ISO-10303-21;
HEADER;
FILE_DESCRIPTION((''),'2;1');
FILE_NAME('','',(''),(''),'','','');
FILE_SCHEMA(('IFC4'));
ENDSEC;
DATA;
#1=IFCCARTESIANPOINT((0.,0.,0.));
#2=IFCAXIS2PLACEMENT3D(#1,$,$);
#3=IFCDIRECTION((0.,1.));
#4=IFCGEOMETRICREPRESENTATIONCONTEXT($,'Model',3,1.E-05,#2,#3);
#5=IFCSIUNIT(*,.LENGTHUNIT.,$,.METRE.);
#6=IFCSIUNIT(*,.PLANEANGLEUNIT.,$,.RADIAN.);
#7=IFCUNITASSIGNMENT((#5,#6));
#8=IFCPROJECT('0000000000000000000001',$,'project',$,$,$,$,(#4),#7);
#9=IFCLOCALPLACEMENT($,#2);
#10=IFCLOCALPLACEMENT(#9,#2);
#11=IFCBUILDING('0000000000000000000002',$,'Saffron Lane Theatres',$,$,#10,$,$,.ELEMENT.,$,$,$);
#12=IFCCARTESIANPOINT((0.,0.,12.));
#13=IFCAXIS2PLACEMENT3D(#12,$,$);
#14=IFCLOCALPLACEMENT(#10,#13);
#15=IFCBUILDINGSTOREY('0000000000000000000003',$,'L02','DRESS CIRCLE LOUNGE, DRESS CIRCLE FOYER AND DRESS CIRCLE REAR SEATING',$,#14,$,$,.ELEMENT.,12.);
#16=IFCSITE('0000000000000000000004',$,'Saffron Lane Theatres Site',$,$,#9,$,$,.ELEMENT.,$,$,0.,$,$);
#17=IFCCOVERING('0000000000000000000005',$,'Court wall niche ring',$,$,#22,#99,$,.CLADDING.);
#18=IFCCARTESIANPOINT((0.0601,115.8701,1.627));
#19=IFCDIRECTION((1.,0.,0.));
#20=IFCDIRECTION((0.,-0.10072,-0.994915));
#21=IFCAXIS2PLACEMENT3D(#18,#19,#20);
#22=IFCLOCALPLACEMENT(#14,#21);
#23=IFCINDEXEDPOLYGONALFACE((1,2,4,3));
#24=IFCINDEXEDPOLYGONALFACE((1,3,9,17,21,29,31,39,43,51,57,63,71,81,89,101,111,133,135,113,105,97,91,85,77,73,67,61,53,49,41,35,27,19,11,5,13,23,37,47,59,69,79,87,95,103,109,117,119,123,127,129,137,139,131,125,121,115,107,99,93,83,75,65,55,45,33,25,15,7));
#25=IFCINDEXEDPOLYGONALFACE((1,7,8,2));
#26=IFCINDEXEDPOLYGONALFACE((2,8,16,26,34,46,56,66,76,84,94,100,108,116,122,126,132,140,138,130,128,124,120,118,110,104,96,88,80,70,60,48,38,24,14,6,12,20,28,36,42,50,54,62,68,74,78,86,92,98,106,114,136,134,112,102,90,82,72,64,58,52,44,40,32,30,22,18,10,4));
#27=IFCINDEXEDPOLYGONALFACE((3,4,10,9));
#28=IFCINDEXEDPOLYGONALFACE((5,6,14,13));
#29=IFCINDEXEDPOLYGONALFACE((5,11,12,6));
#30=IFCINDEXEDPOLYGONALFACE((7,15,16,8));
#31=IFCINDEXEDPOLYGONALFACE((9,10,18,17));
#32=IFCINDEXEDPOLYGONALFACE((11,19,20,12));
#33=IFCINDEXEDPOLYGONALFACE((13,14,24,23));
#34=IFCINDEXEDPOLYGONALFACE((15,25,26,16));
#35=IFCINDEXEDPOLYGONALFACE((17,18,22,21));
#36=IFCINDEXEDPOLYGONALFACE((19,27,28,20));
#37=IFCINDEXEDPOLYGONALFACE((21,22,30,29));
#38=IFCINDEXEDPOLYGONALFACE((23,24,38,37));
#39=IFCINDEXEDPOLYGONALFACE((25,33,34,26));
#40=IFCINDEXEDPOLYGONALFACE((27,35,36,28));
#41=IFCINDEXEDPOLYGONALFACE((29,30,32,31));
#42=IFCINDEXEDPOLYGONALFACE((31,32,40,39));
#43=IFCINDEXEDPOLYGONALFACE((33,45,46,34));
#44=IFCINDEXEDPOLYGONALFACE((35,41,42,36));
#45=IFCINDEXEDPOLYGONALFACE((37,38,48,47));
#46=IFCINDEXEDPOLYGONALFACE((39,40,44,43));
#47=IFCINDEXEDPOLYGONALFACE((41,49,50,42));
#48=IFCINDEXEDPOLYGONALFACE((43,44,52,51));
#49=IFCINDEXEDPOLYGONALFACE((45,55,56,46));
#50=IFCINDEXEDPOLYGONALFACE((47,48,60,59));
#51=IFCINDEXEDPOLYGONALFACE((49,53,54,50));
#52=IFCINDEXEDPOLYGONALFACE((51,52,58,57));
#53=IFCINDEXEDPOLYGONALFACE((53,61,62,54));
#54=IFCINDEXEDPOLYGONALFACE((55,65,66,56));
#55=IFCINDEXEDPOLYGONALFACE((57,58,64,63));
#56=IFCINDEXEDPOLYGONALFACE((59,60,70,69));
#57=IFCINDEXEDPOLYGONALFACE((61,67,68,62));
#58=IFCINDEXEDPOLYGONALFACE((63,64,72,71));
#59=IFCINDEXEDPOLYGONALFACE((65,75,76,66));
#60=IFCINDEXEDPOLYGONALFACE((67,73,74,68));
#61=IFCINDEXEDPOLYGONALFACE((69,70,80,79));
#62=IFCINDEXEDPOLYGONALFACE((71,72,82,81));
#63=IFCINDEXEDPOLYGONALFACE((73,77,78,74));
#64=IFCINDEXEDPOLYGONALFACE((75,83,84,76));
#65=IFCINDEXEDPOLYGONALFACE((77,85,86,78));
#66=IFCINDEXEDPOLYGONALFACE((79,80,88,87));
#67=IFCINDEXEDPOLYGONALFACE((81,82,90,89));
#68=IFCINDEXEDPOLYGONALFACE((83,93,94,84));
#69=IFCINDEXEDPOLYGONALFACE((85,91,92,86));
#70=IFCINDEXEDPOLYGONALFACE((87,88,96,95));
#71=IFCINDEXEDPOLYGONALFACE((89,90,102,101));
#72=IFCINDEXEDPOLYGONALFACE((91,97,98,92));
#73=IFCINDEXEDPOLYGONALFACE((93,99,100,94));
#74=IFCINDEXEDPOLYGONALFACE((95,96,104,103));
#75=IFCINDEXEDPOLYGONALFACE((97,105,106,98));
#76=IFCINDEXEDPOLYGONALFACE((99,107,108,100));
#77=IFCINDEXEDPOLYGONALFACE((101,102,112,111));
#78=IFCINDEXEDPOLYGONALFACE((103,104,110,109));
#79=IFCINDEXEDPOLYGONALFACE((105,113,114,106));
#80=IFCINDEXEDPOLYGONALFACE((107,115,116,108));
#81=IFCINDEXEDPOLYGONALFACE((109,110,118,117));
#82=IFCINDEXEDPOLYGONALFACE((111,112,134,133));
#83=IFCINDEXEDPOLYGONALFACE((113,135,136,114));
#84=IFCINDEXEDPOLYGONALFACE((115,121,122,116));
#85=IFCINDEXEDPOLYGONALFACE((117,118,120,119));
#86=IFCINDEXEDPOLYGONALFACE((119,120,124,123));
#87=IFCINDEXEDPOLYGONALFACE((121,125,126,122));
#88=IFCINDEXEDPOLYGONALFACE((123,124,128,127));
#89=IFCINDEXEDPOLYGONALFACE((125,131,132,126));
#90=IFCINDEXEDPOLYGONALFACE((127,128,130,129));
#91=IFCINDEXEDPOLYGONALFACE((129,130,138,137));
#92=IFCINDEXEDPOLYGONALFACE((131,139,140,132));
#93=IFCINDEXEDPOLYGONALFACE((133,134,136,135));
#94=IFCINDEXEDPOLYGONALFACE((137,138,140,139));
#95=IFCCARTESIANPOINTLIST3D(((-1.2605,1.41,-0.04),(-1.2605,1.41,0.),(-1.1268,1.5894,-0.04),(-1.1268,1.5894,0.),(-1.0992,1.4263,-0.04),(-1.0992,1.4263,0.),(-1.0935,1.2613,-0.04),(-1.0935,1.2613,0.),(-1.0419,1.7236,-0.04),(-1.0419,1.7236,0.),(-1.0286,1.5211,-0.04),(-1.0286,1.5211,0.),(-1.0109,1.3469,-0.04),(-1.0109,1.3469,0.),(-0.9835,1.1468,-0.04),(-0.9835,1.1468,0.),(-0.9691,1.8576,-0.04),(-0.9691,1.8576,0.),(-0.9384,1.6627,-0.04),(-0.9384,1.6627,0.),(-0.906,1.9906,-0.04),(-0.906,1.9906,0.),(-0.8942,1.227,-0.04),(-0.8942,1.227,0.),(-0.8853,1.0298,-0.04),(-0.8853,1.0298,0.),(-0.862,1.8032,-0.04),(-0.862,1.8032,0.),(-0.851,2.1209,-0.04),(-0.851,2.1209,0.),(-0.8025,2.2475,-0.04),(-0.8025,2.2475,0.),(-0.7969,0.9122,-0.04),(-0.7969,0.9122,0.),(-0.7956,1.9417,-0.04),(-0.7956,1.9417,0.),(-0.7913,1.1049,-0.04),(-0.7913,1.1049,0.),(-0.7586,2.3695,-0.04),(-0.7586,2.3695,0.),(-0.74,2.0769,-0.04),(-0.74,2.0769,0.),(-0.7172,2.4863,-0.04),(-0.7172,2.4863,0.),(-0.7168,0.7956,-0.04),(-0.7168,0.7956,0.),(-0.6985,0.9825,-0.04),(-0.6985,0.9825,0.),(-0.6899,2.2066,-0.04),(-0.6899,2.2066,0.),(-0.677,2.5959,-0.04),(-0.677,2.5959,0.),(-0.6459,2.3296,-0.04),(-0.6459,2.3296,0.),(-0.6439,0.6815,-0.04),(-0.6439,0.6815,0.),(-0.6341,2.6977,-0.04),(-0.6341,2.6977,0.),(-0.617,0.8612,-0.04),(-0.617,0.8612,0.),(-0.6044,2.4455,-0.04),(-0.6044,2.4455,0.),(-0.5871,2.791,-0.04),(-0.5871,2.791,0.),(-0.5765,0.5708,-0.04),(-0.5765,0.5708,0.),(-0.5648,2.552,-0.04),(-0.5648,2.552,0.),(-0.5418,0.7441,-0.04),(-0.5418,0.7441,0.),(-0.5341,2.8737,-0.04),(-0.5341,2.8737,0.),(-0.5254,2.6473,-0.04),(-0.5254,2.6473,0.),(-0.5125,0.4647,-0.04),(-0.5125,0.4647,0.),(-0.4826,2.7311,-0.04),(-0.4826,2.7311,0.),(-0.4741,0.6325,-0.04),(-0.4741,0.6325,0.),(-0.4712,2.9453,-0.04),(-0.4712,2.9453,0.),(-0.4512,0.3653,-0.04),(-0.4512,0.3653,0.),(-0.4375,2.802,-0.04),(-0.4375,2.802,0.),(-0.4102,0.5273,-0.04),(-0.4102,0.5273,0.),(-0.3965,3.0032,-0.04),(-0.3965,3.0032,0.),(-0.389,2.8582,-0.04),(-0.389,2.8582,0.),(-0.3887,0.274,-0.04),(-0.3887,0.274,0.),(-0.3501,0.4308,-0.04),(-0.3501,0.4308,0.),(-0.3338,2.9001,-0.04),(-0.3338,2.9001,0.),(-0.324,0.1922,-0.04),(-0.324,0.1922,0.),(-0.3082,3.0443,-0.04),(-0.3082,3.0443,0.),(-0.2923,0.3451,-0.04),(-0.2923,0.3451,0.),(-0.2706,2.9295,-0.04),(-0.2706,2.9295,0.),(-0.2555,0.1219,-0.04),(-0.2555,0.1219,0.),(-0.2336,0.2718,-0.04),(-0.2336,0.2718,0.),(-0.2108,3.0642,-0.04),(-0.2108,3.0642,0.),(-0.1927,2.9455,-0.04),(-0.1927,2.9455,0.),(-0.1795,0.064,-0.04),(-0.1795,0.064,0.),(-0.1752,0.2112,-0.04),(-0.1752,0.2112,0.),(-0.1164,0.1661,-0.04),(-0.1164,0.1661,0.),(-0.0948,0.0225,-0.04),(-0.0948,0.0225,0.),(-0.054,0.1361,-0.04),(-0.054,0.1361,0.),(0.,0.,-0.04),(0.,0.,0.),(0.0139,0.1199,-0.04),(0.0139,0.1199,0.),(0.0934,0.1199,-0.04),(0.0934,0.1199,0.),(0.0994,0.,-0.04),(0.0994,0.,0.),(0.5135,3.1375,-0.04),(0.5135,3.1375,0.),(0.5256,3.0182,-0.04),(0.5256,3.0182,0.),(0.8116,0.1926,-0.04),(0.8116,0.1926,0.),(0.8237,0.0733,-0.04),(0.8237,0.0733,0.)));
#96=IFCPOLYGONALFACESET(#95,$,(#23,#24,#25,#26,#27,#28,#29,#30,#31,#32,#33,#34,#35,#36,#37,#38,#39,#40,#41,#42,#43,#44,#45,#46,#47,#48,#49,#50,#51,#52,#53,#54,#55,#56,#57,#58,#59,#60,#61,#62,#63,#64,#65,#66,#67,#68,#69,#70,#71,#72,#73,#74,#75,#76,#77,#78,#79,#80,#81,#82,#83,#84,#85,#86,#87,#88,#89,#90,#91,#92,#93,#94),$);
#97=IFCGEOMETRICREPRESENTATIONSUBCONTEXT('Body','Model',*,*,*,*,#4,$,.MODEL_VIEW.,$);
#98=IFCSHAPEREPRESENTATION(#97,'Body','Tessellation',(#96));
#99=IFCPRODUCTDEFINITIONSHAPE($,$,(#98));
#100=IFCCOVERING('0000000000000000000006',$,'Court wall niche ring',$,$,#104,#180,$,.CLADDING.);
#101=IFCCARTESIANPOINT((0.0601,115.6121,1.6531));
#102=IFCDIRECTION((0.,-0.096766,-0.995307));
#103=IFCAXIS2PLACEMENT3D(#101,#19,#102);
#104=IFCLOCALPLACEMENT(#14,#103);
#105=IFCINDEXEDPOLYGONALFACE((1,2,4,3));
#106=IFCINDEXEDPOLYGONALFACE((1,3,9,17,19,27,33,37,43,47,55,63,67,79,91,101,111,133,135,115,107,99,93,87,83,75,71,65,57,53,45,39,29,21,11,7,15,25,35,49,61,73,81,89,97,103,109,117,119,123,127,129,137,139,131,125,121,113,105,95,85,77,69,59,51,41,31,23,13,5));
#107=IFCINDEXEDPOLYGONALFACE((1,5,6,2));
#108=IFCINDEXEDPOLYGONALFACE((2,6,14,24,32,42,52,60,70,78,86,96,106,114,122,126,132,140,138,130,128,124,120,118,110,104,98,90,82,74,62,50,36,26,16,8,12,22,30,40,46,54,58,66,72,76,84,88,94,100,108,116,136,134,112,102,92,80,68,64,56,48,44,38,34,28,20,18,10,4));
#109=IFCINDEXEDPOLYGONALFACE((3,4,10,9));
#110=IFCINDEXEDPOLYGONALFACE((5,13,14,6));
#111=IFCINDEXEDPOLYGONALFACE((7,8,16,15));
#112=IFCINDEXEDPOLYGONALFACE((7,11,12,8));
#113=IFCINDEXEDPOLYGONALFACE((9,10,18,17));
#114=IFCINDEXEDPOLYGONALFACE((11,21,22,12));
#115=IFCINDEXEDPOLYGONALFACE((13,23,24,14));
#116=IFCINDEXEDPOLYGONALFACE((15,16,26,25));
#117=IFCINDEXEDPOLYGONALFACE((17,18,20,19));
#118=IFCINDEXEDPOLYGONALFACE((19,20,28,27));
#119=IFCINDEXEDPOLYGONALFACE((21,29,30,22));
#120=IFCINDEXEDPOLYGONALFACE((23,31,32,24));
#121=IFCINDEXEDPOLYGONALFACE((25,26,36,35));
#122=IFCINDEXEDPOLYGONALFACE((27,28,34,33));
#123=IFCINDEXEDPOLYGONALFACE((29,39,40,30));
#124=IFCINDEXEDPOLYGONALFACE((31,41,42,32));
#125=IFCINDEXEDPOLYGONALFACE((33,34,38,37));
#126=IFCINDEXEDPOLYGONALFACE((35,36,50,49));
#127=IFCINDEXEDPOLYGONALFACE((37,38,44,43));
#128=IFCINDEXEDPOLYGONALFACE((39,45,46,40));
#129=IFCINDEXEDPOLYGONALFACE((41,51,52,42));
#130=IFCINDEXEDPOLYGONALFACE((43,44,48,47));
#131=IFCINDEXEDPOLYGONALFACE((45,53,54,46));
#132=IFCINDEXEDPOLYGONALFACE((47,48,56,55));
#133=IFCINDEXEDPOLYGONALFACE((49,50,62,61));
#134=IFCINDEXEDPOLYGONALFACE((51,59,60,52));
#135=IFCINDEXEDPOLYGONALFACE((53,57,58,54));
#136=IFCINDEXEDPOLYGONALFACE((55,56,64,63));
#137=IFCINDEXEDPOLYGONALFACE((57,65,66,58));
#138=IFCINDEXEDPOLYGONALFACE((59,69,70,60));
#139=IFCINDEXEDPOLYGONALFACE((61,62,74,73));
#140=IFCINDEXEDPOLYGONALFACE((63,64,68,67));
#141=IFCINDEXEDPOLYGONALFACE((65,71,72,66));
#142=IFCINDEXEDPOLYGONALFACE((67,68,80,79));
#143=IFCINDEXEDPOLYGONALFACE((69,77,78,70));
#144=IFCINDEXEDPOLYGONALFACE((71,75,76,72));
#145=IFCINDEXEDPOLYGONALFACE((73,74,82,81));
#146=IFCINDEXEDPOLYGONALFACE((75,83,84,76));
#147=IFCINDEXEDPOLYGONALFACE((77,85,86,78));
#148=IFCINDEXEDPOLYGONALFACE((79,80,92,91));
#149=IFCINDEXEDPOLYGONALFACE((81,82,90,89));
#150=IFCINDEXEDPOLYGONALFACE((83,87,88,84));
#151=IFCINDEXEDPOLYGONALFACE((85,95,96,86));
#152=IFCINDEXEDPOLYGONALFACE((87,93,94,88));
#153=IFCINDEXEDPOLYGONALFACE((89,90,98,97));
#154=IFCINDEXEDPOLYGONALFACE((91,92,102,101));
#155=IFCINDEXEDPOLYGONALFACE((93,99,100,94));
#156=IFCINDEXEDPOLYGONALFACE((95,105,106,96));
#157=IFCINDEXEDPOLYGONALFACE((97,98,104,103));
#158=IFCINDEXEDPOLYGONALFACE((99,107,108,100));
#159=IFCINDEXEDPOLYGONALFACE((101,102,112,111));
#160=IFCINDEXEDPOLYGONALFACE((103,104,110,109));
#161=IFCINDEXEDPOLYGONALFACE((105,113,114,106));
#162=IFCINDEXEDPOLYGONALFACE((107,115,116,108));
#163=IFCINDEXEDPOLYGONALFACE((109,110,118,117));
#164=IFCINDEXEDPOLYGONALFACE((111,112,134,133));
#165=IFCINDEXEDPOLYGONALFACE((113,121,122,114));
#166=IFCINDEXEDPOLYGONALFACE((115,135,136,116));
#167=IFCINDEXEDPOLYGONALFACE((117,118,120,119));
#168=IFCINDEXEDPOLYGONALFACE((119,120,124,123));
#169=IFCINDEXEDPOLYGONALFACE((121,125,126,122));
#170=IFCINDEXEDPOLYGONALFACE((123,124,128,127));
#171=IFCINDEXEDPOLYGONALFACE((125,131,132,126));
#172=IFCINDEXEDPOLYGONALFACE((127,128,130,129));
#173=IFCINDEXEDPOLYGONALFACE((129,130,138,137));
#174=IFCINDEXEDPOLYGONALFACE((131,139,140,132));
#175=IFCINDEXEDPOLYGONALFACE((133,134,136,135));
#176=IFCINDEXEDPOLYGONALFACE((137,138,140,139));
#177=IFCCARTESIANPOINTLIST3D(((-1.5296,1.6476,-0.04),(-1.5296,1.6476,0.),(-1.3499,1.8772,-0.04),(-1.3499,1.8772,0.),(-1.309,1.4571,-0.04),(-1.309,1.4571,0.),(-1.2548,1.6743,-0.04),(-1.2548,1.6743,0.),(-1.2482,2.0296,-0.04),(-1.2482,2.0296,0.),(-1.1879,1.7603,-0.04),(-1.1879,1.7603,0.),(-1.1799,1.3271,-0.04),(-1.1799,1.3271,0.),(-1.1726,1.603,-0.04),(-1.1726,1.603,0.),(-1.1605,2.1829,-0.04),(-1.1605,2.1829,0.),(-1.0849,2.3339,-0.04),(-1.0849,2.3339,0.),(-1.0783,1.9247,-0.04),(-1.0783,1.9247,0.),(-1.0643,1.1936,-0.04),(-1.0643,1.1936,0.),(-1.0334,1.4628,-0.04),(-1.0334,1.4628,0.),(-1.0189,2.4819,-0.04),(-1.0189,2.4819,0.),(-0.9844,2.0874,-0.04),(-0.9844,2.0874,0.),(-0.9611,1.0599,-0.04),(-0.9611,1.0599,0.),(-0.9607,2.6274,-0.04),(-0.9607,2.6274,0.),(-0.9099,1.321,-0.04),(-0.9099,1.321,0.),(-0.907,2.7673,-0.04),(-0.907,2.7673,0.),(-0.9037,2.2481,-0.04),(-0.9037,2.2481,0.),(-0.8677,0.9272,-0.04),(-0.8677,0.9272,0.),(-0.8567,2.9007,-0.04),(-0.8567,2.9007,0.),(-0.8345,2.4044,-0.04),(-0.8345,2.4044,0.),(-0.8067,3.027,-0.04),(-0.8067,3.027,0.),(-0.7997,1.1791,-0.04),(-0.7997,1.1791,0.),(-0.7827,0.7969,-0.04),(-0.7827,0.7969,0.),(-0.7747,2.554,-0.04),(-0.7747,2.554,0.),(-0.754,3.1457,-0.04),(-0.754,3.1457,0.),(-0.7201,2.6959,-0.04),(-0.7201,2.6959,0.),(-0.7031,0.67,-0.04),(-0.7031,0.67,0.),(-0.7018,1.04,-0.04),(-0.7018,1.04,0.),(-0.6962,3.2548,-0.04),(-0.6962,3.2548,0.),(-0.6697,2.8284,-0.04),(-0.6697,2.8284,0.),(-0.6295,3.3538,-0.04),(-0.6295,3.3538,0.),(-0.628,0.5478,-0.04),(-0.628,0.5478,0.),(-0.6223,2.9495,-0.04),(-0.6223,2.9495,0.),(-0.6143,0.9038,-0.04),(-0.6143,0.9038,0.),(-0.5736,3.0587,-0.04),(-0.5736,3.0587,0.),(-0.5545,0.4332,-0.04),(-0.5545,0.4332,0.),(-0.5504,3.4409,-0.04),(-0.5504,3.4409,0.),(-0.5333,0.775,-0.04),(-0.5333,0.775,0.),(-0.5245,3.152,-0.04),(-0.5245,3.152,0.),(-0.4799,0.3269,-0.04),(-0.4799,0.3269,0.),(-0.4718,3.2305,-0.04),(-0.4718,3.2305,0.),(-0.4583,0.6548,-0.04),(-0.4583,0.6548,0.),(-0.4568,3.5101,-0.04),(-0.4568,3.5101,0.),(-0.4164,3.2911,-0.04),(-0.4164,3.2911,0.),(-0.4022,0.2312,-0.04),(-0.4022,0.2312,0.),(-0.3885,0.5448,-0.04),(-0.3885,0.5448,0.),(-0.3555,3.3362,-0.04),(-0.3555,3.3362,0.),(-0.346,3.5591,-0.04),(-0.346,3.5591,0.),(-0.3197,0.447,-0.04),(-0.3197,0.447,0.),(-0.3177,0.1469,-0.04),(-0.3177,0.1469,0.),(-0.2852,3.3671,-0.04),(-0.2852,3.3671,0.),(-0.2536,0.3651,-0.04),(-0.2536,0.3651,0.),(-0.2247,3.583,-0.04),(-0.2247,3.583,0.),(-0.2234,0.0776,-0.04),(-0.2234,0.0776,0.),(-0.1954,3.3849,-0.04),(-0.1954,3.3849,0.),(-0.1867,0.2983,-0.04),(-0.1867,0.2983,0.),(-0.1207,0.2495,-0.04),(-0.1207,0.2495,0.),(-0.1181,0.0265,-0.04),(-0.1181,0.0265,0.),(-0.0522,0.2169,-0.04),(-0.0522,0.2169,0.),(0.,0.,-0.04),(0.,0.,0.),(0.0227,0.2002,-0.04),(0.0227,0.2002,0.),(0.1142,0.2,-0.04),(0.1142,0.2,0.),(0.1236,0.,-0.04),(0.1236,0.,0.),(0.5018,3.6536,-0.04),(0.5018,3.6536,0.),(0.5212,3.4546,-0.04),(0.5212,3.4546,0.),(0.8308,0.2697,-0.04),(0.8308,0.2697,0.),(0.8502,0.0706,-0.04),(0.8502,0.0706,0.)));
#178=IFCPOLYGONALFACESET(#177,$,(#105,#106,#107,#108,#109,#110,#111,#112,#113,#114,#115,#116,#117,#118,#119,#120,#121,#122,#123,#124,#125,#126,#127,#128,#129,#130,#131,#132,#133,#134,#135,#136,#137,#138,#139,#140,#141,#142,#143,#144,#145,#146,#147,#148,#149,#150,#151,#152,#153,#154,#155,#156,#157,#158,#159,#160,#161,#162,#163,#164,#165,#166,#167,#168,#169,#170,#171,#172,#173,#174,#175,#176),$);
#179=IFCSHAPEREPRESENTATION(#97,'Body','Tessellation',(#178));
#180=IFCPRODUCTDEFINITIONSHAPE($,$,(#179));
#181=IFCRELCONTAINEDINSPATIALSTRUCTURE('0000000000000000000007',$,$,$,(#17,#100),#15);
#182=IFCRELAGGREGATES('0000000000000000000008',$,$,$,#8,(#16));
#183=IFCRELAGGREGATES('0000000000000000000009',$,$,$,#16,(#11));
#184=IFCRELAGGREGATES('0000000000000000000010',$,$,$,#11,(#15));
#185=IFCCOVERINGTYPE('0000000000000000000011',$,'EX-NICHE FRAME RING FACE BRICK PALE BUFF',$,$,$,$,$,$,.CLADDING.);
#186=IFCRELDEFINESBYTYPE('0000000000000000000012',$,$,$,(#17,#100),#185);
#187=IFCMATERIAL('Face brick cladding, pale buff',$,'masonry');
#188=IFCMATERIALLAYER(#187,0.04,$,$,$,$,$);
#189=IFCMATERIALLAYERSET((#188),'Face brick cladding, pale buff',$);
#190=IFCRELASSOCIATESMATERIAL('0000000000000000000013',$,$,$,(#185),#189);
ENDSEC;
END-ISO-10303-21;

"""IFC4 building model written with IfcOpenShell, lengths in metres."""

from ifc_helpers import new_model, si_unit, direction, frame, origin, place, context, subcontext, project, spatial, polyline, outline, extrude, material, layer, layer_set, type_object, element, save


model = new_model("IFC4")

# Units and contexts
model_context = context("Model", 3, precision=1e-05, world=origin(), true_north=direction((0.0, 1.0)))
body_context = subcontext(model_context, "Body", "Model", "MODEL_VIEW")
ifc_project = project(units=[si_unit("LENGTHUNIT", "METRE"), si_unit("PLANEANGLEUNIT", "RADIAN")], contexts=[model_context])

# Site, building, storey
site_placement = place(None, origin())
site = spatial("IfcSite", under=ifc_project, at=site_placement, Name="Saffron Lane Theatres Site", CompositionType="ELEMENT", RefElevation=0.0)
building_placement = place(site_placement, origin())
building = spatial("IfcBuilding", under=site, at=building_placement, Name="Saffron Lane Theatres", CompositionType="ELEMENT")
storey_placement = place(building_placement, frame((0.0, 0.0, 12.0)))
storey = spatial("IfcBuildingStorey", under=building, at=storey_placement, Name="L02", Description="DRESS CIRCLE LOUNGE, DRESS CIRCLE FOYER AND DRESS CIRCLE REAR SEATING", CompositionType="ELEMENT", Elevation=12.0)

# Coverings
ifc_material_1 = material(Name="Face brick cladding, pale buff", Category="masonry")
ifc_layer_1 = layer(ifc_material_1, 0.04)
ifc_layer_set_1 = layer_set([ifc_layer_1], Name="Face brick cladding, pale buff")
covering_type_1 = type_object("IfcCoveringType", Name="EX-NICHE FRAME RING FACE BRICK PALE BUFF", PredefinedType="CLADDING", material=ifc_layer_set_1)
covering_1_placement = place(storey_placement, frame((0.0601, 115.8701, 1.627), z_axis=(1.0, 0.0, 0.0), x_axis=(0.0, -0.10072, -0.994915)))
element("IfcCovering", 1, at=covering_1_placement, inside=storey, type_object=covering_type_1, Name="Court wall niche ring", PredefinedType="CLADDING", context=body_context, shape_type="SweptSolid", body=[
    extrude(outline(polyline([(0.0, 0.0), (0.0994, 0.0), (0.8237, 0.0733), (0.8116, 0.1926), (0.0934, 0.1199), (0.0139, 0.1199), (-0.054, 0.1361), (-0.1164, 0.1661), (-0.1752, 0.2112), (-0.2336, 0.2718), (-0.2923, 0.3451), (-0.3501, 0.4308), (-0.4102, 0.5273), (-0.4741, 0.6325), (-0.5418, 0.7441), (-0.617, 0.8612), (-0.6985, 0.9825), (-0.7913, 1.1049), (-0.8942, 1.227), (-1.0109, 1.3469), (-1.0992, 1.4263), (-1.0286, 1.5211), (-0.9384, 1.6627), (-0.862, 1.8032), (-0.7956, 1.9417), (-0.74, 2.0769), (-0.6899, 2.2066), (-0.6459, 2.3296), (-0.6044, 2.4455), (-0.5648, 2.552), (-0.5254, 2.6473), (-0.4826, 2.7311), (-0.4375, 2.802), (-0.389, 2.8582), (-0.3338, 2.9001), (-0.2706, 2.9295), (-0.1927, 2.9455), (0.5256, 3.0182), (0.5135, 3.1375), (-0.2108, 3.0642), (-0.3082, 3.0443), (-0.3965, 3.0032), (-0.4712, 2.9453), (-0.5341, 2.8737), (-0.5871, 2.791), (-0.6341, 2.6977), (-0.677, 2.5959), (-0.7172, 2.4863), (-0.7586, 2.3695), (-0.8025, 2.2475), (-0.851, 2.1209), (-0.906, 1.9906), (-0.9691, 1.8576), (-1.0419, 1.7236), (-1.1268, 1.5894), (-1.2605, 1.41), (-1.0935, 1.2613), (-0.9835, 1.1468), (-0.8853, 1.0298), (-0.7969, 0.9122), (-0.7168, 0.7956), (-0.6439, 0.6815), (-0.5765, 0.5708), (-0.5125, 0.4647), (-0.4512, 0.3653), (-0.3887, 0.274), (-0.324, 0.1922), (-0.2555, 0.1219), (-0.1795, 0.064), (-0.0948, 0.0225), (0.0, 0.0)])), origin(), (0.0, 0.0, -1.0), 0.04),
])
covering_2_placement = place(storey_placement, frame((0.0601, 115.6121, 1.6531), z_axis=(1.0, 0.0, 0.0), x_axis=(0.0, -0.096766, -0.995307)))
element("IfcCovering", 2, at=covering_2_placement, inside=storey, type_object=covering_type_1, Name="Court wall niche ring", PredefinedType="CLADDING", context=body_context, shape_type="SweptSolid", body=[
    extrude(outline(polyline([(0.0, 0.0), (0.1236, 0.0), (0.8502, 0.0706), (0.8308, 0.2697), (0.1142, 0.2), (0.0227, 0.2002), (-0.0522, 0.2169), (-0.1207, 0.2495), (-0.1867, 0.2983), (-0.2536, 0.3651), (-0.3197, 0.447), (-0.3885, 0.5448), (-0.4583, 0.6548), (-0.5333, 0.775), (-0.6143, 0.9038), (-0.7018, 1.04), (-0.7997, 1.1791), (-0.9099, 1.321), (-1.0334, 1.4628), (-1.1726, 1.603), (-1.2548, 1.6743), (-1.1879, 1.7603), (-1.0783, 1.9247), (-0.9844, 2.0874), (-0.9037, 2.2481), (-0.8345, 2.4044), (-0.7747, 2.554), (-0.7201, 2.6959), (-0.6697, 2.8284), (-0.6223, 2.9495), (-0.5736, 3.0587), (-0.5245, 3.152), (-0.4718, 3.2305), (-0.4164, 3.2911), (-0.3555, 3.3362), (-0.2852, 3.3671), (-0.1954, 3.3849), (0.5212, 3.4546), (0.5018, 3.6536), (-0.2247, 3.583), (-0.346, 3.5591), (-0.4568, 3.5101), (-0.5504, 3.4409), (-0.6295, 3.3538), (-0.6962, 3.2548), (-0.754, 3.1457), (-0.8067, 3.027), (-0.8567, 2.9007), (-0.907, 2.7673), (-0.9607, 2.6274), (-1.0189, 2.4819), (-1.0849, 2.3339), (-1.1605, 2.1829), (-1.2482, 2.0296), (-1.3499, 1.8772), (-1.5296, 1.6476), (-1.309, 1.4571), (-1.1799, 1.3271), (-1.0643, 1.1936), (-0.9611, 1.0599), (-0.8677, 0.9272), (-0.7827, 0.7969), (-0.7031, 0.67), (-0.628, 0.5478), (-0.5545, 0.4332), (-0.4799, 0.3269), (-0.4022, 0.2312), (-0.3177, 0.1469), (-0.2234, 0.0776), (-0.1181, 0.0265), (0.0, 0.0)])), origin(), (0.0, 0.0, -1.0), 0.04),
])

save(model, "model.ifc")
